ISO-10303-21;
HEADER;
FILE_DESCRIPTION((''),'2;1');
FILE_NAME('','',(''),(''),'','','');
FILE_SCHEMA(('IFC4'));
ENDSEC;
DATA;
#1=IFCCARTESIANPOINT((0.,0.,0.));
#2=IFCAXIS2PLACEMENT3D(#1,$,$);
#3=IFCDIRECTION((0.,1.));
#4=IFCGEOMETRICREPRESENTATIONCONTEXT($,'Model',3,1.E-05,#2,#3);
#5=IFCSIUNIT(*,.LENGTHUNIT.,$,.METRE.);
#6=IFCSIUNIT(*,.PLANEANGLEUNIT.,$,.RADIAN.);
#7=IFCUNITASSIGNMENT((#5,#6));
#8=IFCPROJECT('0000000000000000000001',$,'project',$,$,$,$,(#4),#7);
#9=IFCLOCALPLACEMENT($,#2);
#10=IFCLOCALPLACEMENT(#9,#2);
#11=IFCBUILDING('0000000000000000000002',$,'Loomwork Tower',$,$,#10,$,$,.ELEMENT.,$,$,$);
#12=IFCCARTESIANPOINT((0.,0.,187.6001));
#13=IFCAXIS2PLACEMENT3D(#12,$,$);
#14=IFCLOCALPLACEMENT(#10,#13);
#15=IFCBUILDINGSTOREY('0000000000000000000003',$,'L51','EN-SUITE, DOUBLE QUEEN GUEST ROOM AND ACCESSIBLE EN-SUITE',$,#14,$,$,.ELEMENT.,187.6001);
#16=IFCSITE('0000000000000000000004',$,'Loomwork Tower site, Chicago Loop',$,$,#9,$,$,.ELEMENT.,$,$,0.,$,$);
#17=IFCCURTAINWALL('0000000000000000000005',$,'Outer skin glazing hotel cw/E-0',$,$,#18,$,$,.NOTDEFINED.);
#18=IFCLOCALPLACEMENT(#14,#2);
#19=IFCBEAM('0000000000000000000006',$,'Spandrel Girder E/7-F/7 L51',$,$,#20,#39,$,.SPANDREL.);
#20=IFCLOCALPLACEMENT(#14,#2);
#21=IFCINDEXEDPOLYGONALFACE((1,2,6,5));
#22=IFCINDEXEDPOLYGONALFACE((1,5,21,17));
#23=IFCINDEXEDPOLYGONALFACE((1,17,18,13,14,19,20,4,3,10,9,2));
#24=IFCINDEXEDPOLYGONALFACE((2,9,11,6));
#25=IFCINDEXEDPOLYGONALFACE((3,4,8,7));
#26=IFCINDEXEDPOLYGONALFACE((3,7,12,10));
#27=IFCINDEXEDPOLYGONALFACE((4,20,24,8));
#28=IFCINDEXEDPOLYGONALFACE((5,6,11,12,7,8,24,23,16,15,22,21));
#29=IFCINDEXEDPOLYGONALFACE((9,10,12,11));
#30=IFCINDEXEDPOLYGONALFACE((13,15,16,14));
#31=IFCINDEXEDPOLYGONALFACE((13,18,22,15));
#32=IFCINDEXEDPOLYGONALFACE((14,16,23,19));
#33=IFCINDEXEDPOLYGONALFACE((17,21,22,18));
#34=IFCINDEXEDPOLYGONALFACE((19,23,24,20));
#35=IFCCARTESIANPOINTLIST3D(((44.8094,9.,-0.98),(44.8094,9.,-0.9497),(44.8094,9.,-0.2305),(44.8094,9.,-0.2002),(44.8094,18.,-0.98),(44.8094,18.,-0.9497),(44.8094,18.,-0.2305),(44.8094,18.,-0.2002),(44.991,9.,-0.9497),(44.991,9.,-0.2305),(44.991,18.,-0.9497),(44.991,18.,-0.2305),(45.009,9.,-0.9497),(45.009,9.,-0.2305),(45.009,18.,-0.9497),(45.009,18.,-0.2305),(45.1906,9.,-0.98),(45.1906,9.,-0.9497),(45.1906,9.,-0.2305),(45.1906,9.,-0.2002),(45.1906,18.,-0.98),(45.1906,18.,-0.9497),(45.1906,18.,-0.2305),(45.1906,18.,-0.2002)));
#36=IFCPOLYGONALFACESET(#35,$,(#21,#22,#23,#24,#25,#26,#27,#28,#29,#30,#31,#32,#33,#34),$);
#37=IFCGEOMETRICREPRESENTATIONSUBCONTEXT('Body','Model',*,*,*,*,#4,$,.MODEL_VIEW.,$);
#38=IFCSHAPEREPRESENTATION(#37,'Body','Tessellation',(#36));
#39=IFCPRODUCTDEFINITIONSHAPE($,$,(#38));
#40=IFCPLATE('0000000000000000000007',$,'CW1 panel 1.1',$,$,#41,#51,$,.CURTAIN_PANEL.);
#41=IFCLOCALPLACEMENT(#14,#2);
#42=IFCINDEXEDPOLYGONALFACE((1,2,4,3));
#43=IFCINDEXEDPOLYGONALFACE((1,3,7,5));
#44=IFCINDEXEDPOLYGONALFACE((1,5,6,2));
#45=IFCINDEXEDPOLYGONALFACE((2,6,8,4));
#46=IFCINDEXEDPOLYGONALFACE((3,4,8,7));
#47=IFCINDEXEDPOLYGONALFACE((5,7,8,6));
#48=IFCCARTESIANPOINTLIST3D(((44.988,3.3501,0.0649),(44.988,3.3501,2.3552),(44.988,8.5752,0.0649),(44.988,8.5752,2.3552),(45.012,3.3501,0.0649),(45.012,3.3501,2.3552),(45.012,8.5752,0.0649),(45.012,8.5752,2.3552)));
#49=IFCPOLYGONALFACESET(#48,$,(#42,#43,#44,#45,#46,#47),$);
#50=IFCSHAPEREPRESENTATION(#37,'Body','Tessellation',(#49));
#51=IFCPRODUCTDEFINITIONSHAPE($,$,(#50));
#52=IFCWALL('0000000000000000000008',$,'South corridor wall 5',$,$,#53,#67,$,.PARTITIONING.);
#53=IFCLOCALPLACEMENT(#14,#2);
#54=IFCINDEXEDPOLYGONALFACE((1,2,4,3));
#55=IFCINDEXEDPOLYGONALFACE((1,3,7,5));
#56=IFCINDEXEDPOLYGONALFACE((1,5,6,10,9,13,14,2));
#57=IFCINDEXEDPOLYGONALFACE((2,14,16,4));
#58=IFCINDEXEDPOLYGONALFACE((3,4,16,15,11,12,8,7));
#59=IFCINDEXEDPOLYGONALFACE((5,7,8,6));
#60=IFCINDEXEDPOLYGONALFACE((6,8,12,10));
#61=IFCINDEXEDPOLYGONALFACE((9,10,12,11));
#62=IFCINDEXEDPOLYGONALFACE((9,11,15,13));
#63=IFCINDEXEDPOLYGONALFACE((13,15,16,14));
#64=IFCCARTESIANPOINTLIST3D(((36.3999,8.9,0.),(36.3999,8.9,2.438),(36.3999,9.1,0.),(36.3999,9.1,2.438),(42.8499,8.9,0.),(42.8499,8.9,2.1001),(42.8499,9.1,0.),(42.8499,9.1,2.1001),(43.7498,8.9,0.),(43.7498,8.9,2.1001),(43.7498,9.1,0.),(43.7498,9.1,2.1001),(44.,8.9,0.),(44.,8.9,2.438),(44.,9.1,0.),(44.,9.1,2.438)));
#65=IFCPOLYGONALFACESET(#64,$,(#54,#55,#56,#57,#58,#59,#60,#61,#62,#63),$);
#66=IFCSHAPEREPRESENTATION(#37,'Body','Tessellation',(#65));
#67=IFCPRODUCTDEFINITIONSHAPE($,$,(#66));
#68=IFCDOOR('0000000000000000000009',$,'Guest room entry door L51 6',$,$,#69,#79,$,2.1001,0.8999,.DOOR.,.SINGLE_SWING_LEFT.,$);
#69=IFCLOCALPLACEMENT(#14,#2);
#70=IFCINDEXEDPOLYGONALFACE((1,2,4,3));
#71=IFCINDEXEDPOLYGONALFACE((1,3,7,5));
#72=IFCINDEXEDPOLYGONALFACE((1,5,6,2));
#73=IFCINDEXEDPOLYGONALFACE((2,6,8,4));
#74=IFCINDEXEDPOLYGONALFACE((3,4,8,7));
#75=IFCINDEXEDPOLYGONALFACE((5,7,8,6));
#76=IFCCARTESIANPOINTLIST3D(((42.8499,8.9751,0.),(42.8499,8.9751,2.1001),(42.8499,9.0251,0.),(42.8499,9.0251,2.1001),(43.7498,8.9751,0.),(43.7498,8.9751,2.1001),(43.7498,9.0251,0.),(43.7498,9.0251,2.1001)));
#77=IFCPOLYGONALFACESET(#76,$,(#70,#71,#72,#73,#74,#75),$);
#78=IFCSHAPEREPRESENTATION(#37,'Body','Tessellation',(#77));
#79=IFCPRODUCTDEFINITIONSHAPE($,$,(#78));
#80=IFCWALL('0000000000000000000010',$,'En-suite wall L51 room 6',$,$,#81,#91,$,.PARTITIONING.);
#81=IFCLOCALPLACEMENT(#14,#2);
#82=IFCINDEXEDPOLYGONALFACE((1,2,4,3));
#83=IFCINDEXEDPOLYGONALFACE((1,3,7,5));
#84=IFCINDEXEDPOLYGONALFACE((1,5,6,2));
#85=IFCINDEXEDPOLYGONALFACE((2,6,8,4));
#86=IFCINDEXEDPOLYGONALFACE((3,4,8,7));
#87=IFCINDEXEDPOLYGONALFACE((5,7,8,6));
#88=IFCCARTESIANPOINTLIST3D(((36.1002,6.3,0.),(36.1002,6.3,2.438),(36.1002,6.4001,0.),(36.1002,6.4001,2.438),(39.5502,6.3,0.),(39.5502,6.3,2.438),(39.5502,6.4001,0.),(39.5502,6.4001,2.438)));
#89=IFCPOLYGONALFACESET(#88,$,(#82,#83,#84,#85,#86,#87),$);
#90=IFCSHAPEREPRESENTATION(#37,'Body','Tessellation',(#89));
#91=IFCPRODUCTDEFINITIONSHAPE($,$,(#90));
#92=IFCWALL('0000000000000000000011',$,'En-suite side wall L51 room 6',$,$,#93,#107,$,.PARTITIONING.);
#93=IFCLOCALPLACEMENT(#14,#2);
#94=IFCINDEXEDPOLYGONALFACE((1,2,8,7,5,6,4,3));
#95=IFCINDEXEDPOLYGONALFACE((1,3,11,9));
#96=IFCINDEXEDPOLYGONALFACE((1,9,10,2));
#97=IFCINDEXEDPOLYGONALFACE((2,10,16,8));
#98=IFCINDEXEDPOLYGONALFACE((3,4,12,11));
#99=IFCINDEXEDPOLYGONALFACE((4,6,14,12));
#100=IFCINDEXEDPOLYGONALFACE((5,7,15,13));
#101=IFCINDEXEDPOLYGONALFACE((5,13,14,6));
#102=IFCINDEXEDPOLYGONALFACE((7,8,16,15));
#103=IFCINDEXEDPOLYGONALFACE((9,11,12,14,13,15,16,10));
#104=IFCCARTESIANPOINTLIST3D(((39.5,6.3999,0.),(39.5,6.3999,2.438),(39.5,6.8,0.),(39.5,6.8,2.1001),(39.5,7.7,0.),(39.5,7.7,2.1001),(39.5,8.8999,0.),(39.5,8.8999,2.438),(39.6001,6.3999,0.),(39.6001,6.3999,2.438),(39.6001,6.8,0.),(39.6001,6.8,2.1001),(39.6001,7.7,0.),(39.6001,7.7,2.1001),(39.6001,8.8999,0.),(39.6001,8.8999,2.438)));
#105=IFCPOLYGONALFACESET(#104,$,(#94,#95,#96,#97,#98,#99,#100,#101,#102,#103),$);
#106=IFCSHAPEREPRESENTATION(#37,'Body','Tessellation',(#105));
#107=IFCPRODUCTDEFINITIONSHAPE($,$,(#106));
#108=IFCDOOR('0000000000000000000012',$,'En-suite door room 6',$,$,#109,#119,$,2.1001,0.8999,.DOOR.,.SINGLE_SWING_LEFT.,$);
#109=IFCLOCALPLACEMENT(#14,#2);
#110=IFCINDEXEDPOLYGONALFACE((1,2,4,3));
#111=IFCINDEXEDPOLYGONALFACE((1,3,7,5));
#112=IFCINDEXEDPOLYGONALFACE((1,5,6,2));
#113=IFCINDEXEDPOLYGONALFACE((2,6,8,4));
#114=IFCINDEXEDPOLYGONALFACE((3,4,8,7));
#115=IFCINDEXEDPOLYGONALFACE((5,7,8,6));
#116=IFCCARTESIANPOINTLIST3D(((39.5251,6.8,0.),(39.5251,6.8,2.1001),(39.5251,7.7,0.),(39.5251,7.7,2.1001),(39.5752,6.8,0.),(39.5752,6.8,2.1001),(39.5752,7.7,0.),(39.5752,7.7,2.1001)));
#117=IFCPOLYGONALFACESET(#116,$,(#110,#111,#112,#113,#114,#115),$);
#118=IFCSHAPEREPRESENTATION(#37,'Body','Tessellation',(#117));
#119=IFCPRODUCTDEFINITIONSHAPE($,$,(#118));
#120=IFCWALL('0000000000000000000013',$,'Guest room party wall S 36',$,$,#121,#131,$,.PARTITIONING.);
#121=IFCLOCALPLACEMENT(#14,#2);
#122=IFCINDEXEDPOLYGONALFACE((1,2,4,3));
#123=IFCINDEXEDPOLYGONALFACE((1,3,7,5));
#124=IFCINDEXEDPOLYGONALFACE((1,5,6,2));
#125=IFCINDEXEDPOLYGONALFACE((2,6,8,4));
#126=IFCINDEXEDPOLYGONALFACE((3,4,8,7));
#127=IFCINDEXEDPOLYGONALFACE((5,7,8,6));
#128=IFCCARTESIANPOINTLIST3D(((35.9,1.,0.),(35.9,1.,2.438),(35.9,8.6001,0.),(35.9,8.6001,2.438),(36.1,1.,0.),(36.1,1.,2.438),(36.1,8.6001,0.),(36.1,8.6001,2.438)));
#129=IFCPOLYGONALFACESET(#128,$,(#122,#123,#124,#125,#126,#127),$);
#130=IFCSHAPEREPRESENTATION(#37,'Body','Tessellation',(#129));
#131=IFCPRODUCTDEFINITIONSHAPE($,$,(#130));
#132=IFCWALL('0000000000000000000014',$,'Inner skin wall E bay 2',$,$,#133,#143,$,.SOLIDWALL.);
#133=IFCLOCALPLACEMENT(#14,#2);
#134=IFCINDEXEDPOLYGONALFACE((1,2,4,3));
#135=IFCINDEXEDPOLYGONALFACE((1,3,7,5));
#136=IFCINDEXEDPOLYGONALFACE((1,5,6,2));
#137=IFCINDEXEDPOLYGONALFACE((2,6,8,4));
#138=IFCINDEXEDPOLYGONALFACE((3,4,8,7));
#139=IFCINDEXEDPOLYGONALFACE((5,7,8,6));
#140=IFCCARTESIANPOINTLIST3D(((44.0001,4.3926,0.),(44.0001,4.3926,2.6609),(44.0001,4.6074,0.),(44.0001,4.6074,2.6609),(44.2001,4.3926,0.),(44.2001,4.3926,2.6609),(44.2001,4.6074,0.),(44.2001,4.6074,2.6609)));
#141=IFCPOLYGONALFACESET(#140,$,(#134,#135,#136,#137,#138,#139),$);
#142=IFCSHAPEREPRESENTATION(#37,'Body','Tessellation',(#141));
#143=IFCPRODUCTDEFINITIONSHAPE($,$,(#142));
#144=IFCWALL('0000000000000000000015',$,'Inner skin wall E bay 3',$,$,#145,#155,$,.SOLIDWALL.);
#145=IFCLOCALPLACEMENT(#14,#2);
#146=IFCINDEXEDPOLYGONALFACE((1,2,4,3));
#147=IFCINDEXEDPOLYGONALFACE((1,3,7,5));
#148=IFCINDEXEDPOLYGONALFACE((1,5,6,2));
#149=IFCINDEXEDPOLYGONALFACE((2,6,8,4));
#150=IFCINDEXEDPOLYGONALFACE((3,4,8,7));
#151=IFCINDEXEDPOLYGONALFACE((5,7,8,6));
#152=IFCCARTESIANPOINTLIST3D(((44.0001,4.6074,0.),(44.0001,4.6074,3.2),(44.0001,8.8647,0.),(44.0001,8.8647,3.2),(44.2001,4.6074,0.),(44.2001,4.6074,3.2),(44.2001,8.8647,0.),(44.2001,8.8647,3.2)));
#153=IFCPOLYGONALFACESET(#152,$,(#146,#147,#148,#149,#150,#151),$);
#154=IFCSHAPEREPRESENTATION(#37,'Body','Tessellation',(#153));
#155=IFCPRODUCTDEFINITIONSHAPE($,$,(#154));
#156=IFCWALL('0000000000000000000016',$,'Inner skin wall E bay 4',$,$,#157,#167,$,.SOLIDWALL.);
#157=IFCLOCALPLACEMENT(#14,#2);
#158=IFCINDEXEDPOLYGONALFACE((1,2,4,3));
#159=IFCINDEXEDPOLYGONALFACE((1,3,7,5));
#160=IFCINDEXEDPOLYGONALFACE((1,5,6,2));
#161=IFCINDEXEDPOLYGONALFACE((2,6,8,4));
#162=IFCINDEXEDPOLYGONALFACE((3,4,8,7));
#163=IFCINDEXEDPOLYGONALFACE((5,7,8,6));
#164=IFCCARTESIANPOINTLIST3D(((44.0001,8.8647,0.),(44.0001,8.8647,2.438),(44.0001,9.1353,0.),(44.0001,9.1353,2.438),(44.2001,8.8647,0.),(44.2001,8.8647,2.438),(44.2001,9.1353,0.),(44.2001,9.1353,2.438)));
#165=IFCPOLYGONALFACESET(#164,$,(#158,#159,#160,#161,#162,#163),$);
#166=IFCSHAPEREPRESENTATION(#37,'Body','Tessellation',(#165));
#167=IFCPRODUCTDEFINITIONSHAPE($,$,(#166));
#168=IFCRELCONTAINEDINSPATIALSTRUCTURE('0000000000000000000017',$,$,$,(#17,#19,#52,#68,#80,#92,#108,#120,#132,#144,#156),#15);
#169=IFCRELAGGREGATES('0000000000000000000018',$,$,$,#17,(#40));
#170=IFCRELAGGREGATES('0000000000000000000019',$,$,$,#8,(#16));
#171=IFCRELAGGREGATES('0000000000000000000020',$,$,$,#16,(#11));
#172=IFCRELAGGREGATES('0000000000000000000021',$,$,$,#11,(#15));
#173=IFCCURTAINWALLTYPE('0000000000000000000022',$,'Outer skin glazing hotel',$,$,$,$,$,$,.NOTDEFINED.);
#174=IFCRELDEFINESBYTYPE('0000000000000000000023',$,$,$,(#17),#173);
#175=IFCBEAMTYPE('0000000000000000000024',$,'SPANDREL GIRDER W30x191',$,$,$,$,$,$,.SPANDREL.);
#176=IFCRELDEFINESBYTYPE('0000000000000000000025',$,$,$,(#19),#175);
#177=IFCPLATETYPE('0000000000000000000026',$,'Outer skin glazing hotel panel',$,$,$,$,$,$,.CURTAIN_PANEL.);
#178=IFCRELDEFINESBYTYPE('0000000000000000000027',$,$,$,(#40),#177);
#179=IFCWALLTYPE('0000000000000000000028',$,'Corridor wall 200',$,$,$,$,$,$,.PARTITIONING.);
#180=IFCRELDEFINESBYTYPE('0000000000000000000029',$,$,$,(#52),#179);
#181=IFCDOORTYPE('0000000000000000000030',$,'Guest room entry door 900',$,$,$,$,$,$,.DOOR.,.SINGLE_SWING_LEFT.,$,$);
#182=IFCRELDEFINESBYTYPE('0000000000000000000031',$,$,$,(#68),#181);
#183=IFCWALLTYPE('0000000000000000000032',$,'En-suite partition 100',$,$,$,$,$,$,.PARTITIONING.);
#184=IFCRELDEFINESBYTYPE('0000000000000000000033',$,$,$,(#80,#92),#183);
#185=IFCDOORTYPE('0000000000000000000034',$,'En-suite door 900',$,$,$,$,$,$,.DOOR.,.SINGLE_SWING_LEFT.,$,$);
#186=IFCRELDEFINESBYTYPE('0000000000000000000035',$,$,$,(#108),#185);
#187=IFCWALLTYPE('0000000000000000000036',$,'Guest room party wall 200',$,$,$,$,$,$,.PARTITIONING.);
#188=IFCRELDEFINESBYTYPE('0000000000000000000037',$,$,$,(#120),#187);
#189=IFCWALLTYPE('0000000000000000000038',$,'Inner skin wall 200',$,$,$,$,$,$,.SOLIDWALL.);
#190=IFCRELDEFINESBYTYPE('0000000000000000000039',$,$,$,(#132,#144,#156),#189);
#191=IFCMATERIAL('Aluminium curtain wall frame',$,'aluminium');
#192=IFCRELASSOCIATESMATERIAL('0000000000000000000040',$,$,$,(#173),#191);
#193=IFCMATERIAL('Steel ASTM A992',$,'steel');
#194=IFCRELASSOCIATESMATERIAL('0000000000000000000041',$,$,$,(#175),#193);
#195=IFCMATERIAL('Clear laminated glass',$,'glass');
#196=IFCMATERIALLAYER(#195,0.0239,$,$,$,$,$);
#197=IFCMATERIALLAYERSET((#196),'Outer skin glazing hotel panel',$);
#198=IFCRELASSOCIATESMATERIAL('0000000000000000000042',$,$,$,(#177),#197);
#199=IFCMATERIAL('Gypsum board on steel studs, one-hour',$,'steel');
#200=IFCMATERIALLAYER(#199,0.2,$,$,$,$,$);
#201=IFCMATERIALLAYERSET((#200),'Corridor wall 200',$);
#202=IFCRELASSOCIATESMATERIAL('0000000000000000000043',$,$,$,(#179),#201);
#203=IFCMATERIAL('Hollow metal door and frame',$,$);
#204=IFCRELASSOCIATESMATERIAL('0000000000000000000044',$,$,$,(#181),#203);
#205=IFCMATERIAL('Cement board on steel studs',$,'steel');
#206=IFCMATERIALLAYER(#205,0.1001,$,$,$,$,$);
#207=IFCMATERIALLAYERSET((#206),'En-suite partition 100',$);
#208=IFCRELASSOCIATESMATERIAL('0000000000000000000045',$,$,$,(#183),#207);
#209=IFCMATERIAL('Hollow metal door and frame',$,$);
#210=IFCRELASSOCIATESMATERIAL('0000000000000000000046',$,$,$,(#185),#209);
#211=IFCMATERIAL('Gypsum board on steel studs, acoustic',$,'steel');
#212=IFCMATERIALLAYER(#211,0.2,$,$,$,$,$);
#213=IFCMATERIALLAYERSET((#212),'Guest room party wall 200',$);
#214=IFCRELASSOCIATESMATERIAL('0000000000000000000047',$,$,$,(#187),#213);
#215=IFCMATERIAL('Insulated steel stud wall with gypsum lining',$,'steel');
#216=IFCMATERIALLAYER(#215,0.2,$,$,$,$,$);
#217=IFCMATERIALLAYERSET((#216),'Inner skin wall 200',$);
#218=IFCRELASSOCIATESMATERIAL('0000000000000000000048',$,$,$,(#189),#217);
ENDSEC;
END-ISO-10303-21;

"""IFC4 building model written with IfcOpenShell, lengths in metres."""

from ifc_helpers import new_model, si_unit, direction, frame, frame_2d, origin, origin_2d, place, context, subcontext, project, spatial, rectangle, i_section, extrude, material, layer, layer_set, material_profile, profile_set, type_object, element, fill, aggregate, save


model = new_model("IFC4")

# Units and contexts
model_context = context("Model", 3, precision=1e-05, world=origin(), true_north=direction((0.0, 1.0)))
body_context = subcontext(model_context, "Body", "Model", "MODEL_VIEW")
ifc_project = project(units=[si_unit("LENGTHUNIT", "METRE"), si_unit("PLANEANGLEUNIT", "RADIAN")], contexts=[model_context])

# Site, building, storey
site_placement = place(None, origin())
site = spatial("IfcSite", under=ifc_project, at=site_placement, Name="Loomwork Tower site, Chicago Loop", CompositionType="ELEMENT", RefElevation=0.0)
building_placement = place(site_placement, origin())
building = spatial("IfcBuilding", under=site, at=building_placement, Name="Loomwork Tower", CompositionType="ELEMENT")
storey_placement = place(building_placement, frame((0.0, 0.0, 187.6001)))
storey = spatial("IfcBuildingStorey", under=building, at=storey_placement, Name="L51", Description="EN-SUITE, DOUBLE QUEEN GUEST ROOM AND ACCESSIBLE EN-SUITE", CompositionType="ELEMENT", Elevation=187.6001)

# Curtain wall
ifc_material_1 = material(Name="Aluminium curtain wall frame", Category="aluminium")
curtain_wall_type = type_object("IfcCurtainWallType", Name="Outer skin glazing hotel", PredefinedType="NOTDEFINED", material=ifc_material_1)
curtain_wall_placement = place(storey_placement, origin())
curtain_wall = element("IfcCurtainWall", 1, at=curtain_wall_placement, inside=storey, type_object=curtain_wall_type, Name="Outer skin glazing hotel cw/E-0", PredefinedType="NOTDEFINED")

# Beam
ifc_material_2 = material(Name="Steel ASTM A992", Category="steel")
ifc_material_profile_1 = material_profile(ifc_material_2, i_section(OverallWidth=0.3811, OverallDepth=0.7798, WebThickness=0.0181, FlangeThickness=0.0303, at=origin_2d()), Name="W30x191")
ifc_profile_set_1 = profile_set([ifc_material_profile_1], Name="Steel ASTM A992")
beam_type_1 = type_object("IfcBeamType", Name="SPANDREL GIRDER W30x191", PredefinedType="SPANDREL", material=ifc_profile_set_1)
beam_1_placement = place(storey_placement, frame((45.0, 9.0, -0.5901), z_axis=(0.0, 1.0, 0.0), x_axis=(-1.0, 0.0, 0.0)))
element("IfcBeam", 2, at=beam_1_placement, inside=storey, type_object=beam_type_1, Name="Spandrel Girder E/7-F/7 L51", PredefinedType="SPANDREL", context=body_context, shape_type="SweptSolid", body=[
    extrude(i_section(OverallWidth=0.3811, OverallDepth=0.7798, WebThickness=0.0181, FlangeThickness=0.0303, at=origin_2d()), origin(), (0.0, 0.0, 1.0), 9.0),
])

# Plate
ifc_material_3 = material(Name="Clear laminated glass", Category="glass")
ifc_layer_1 = layer(ifc_material_3, 0.0239)
ifc_layer_set_1 = layer_set([ifc_layer_1], Name="Outer skin glazing hotel panel")
plate_type = type_object("IfcPlateType", Name="Outer skin glazing hotel panel", PredefinedType="CURTAIN_PANEL", material=ifc_layer_set_1)
plate_placement = place(storey_placement, frame((45.0, 5.9626, 0.0649), z_axis=(0.0, 0.0, 1.0), x_axis=(0.0, 1.0, 0.0)))
plate = element("IfcPlate", 3, at=plate_placement, type_object=plate_type, Name="CW1 panel 1.1", PredefinedType="CURTAIN_PANEL", context=body_context, shape_type="SweptSolid", body=[
    extrude(rectangle(XDim=5.2251, YDim=0.0239, at=origin_2d()), origin(), (0.0, 0.0, 1.0), 2.2903),
])
aggregate(curtain_wall, [plate])

# Wall, opening, door
ifc_material_4 = material(Name="Gypsum board on steel studs, one-hour", Category="steel")
ifc_layer_2 = layer(ifc_material_4, 0.2)
ifc_layer_set_2 = layer_set([ifc_layer_2], Name="Corridor wall 200")
wall_type_1 = type_object("IfcWallType", Name="Corridor wall 200", PredefinedType="PARTITIONING", material=ifc_layer_set_2)
wall_1_placement = place(storey_placement, frame((36.3999, 9.0, 0.0), z_axis=(0.0, 0.0, 1.0), x_axis=(1.0, 0.0, 0.0)))
wall_1 = element("IfcWall", 4, at=wall_1_placement, inside=storey, type_object=wall_type_1, Name="South corridor wall 5", PredefinedType="PARTITIONING", context=body_context, shape_type="SweptSolid", body=[
    extrude(rectangle(XDim=7.6001, YDim=0.2, at=frame_2d((3.8, 0.0))), origin(), (0.0, 0.0, 1.0), 2.438),
])
opening_1_placement = place(wall_1_placement, frame((6.45, 0.0, 0.0)))
opening_1 = element("IfcOpeningElement", 5, at=opening_1_placement, cuts=wall_1, PredefinedType="OPENING", context=body_context, shape_type="SweptSolid", body=[
    extrude(rectangle(XDim=0.8999, YDim=2.1001, at=frame_2d((0.45, 1.05))), frame((0.0, 0.1099, 0.0), z_axis=(0.0, -1.0, 0.0), x_axis=(1.0, 0.0, 0.0)), (0.0, 0.0, 1.0), 0.22),
])
ifc_material_5 = material(Name="Hollow metal door and frame")
door_type_1 = type_object("IfcDoorType", Name="Guest room entry door 900", OperationType="SINGLE_SWING_LEFT", PredefinedType="DOOR", material=ifc_material_5)
door_1_placement = place(opening_1_placement, frame((0.8999, 0.0, 0.0), z_axis=(0.0, 0.0, 1.0), x_axis=(-1.0, 0.0, 0.0)))
door_1 = element("IfcDoor", 6, at=door_1_placement, inside=storey, type_object=door_type_1, Name="Guest room entry door L51 6", OperationType="SINGLE_SWING_LEFT", OverallHeight=2.1001, OverallWidth=0.8999, PredefinedType="DOOR", context=body_context, shape_type="SweptSolid", body=[
    extrude(rectangle(XDim=0.8999, YDim=2.1001, at=frame_2d((0.45, 1.05))), frame((0.0, 0.0249, 0.0), z_axis=(0.0, -1.0, 0.0), x_axis=(1.0, 0.0, 0.0)), (0.0, 0.0, 1.0), 0.05),
])
fill(opening_1, door_1)

# Wall
ifc_material_6 = material(Name="Cement board on steel studs", Category="steel")
ifc_layer_3 = layer(ifc_material_6, 0.1001)
ifc_layer_set_3 = layer_set([ifc_layer_3], Name="En-suite partition 100")
wall_type_2 = type_object("IfcWallType", Name="En-suite partition 100", PredefinedType="PARTITIONING", material=ifc_layer_set_3)
wall_2_placement = place(storey_placement, frame((36.1001, 6.3501, 0.0), z_axis=(0.0, 0.0, 1.0), x_axis=(1.0, 0.0, 0.0)))
element("IfcWall", 7, at=wall_2_placement, inside=storey, type_object=wall_type_2, Name="En-suite wall L51 room 6", PredefinedType="PARTITIONING", context=body_context, shape_type="SweptSolid", body=[
    extrude(rectangle(XDim=3.45, YDim=0.1001, at=frame_2d((1.7251, 0.0))), origin(), (0.0, 0.0, 1.0), 2.438),
])

# Wall, opening, door
wall_3_placement = place(storey_placement, frame((39.55, 8.8999, 0.0), z_axis=(0.0, 0.0, 1.0), x_axis=(0.0, -1.0, 0.0)))
wall_3 = element("IfcWall", 8, at=wall_3_placement, inside=storey, type_object=wall_type_2, Name="En-suite side wall L51 room 6", PredefinedType="PARTITIONING", context=body_context, shape_type="SweptSolid", body=[
    extrude(rectangle(XDim=2.5, YDim=0.1001, at=frame_2d((1.25, 0.0))), origin(), (0.0, 0.0, 1.0), 2.438),
])
opening_2_placement = place(wall_3_placement, frame((1.2, 0.0, 0.0)))
opening_2 = element("IfcOpeningElement", 9, at=opening_2_placement, cuts=wall_3, PredefinedType="OPENING", context=body_context, shape_type="SweptSolid", body=[
    extrude(rectangle(XDim=0.8999, YDim=2.1001, at=frame_2d((0.45, 1.05))), frame((0.0, 0.0601, 0.0), z_axis=(0.0, -1.0, 0.0), x_axis=(1.0, 0.0, 0.0)), (0.0, 0.0, 1.0), 0.1201),
])
ifc_material_7 = material(Name="Hollow metal door and frame")
door_type_2 = type_object("IfcDoorType", Name="En-suite door 900", OperationType="SINGLE_SWING_LEFT", PredefinedType="DOOR", material=ifc_material_7)
door_2_placement = place(opening_2_placement, frame((0.8999, 0.0, 0.0), z_axis=(0.0, 0.0, 1.0), x_axis=(-1.0, 0.0, 0.0)))
door_2 = element("IfcDoor", 10, at=door_2_placement, inside=storey, type_object=door_type_2, Name="En-suite door room 6", OperationType="SINGLE_SWING_LEFT", OverallHeight=2.1001, OverallWidth=0.8999, PredefinedType="DOOR", context=body_context, shape_type="SweptSolid", body=[
    extrude(rectangle(XDim=0.8999, YDim=2.1001, at=frame_2d((0.45, 1.05))), frame((0.0, 0.0249, 0.0), z_axis=(0.0, -1.0, 0.0), x_axis=(1.0, 0.0, 0.0)), (0.0, 0.0, 1.0), 0.05),
])
fill(opening_2, door_2)

# Walls
ifc_material_8 = material(Name="Gypsum board on steel studs, acoustic", Category="steel")
ifc_layer_4 = layer(ifc_material_8, 0.2)
ifc_layer_set_4 = layer_set([ifc_layer_4], Name="Guest room party wall 200")
wall_type_3 = type_object("IfcWallType", Name="Guest room party wall 200", PredefinedType="PARTITIONING", material=ifc_layer_set_4)
wall_4_placement = place(storey_placement, frame((36.0, 8.6001, 0.0), z_axis=(0.0, 0.0, 1.0), x_axis=(0.0, -1.0, 0.0)))
element("IfcWall", 11, at=wall_4_placement, inside=storey, type_object=wall_type_3, Name="Guest room party wall S 36", PredefinedType="PARTITIONING", context=body_context, shape_type="SweptSolid", body=[
    extrude(rectangle(XDim=7.6001, YDim=0.2, at=frame_2d((3.8, 0.0))), origin(), (0.0, 0.0, 1.0), 2.438),
])
ifc_material_9 = material(Name="Insulated steel stud wall with gypsum lining", Category="steel")
ifc_layer_5 = layer(ifc_material_9, 0.2)
ifc_layer_set_5 = layer_set([ifc_layer_5], Name="Inner skin wall 200")
wall_type_4 = type_object("IfcWallType", Name="Inner skin wall 200", PredefinedType="SOLIDWALL", material=ifc_layer_set_5)
wall_5_placement = place(storey_placement, frame((44.1001, 4.3926, 0.0), z_axis=(0.0, 0.0, 1.0), x_axis=(0.0, 1.0, 0.0)))
element("IfcWall", 12, at=wall_5_placement, inside=storey, type_object=wall_type_4, Name="Inner skin wall E bay 2", PredefinedType="SOLIDWALL", context=body_context, shape_type="SweptSolid", body=[
    extrude(rectangle(XDim=0.2148, YDim=0.2, at=frame_2d((0.1074, 0.0))), origin(), (0.0, 0.0, 1.0), 2.6609),
])
wall_6_placement = place(storey_placement, frame((44.1001, 4.6074, 0.0), z_axis=(0.0, 0.0, 1.0), x_axis=(0.0, 1.0, 0.0)))
element("IfcWall", 13, at=wall_6_placement, inside=storey, type_object=wall_type_4, Name="Inner skin wall E bay 3", PredefinedType="SOLIDWALL", context=body_context, shape_type="SweptSolid", body=[
    extrude(rectangle(XDim=4.2573, YDim=0.2, at=frame_2d((2.1287, 0.0))), origin(), (0.0, 0.0, 1.0), 3.2),
])
wall_7_placement = place(storey_placement, frame((44.1001, 8.8647, 0.0), z_axis=(0.0, 0.0, 1.0), x_axis=(0.0, 1.0, 0.0)))
element("IfcWall", 14, at=wall_7_placement, inside=storey, type_object=wall_type_4, Name="Inner skin wall E bay 4", PredefinedType="SOLIDWALL", context=body_context, shape_type="SweptSolid", body=[
    extrude(rectangle(XDim=0.2705, YDim=0.2, at=frame_2d((0.1353, 0.0))), origin(), (0.0, 0.0, 1.0), 2.438),
])

save(model, "model.ifc")
